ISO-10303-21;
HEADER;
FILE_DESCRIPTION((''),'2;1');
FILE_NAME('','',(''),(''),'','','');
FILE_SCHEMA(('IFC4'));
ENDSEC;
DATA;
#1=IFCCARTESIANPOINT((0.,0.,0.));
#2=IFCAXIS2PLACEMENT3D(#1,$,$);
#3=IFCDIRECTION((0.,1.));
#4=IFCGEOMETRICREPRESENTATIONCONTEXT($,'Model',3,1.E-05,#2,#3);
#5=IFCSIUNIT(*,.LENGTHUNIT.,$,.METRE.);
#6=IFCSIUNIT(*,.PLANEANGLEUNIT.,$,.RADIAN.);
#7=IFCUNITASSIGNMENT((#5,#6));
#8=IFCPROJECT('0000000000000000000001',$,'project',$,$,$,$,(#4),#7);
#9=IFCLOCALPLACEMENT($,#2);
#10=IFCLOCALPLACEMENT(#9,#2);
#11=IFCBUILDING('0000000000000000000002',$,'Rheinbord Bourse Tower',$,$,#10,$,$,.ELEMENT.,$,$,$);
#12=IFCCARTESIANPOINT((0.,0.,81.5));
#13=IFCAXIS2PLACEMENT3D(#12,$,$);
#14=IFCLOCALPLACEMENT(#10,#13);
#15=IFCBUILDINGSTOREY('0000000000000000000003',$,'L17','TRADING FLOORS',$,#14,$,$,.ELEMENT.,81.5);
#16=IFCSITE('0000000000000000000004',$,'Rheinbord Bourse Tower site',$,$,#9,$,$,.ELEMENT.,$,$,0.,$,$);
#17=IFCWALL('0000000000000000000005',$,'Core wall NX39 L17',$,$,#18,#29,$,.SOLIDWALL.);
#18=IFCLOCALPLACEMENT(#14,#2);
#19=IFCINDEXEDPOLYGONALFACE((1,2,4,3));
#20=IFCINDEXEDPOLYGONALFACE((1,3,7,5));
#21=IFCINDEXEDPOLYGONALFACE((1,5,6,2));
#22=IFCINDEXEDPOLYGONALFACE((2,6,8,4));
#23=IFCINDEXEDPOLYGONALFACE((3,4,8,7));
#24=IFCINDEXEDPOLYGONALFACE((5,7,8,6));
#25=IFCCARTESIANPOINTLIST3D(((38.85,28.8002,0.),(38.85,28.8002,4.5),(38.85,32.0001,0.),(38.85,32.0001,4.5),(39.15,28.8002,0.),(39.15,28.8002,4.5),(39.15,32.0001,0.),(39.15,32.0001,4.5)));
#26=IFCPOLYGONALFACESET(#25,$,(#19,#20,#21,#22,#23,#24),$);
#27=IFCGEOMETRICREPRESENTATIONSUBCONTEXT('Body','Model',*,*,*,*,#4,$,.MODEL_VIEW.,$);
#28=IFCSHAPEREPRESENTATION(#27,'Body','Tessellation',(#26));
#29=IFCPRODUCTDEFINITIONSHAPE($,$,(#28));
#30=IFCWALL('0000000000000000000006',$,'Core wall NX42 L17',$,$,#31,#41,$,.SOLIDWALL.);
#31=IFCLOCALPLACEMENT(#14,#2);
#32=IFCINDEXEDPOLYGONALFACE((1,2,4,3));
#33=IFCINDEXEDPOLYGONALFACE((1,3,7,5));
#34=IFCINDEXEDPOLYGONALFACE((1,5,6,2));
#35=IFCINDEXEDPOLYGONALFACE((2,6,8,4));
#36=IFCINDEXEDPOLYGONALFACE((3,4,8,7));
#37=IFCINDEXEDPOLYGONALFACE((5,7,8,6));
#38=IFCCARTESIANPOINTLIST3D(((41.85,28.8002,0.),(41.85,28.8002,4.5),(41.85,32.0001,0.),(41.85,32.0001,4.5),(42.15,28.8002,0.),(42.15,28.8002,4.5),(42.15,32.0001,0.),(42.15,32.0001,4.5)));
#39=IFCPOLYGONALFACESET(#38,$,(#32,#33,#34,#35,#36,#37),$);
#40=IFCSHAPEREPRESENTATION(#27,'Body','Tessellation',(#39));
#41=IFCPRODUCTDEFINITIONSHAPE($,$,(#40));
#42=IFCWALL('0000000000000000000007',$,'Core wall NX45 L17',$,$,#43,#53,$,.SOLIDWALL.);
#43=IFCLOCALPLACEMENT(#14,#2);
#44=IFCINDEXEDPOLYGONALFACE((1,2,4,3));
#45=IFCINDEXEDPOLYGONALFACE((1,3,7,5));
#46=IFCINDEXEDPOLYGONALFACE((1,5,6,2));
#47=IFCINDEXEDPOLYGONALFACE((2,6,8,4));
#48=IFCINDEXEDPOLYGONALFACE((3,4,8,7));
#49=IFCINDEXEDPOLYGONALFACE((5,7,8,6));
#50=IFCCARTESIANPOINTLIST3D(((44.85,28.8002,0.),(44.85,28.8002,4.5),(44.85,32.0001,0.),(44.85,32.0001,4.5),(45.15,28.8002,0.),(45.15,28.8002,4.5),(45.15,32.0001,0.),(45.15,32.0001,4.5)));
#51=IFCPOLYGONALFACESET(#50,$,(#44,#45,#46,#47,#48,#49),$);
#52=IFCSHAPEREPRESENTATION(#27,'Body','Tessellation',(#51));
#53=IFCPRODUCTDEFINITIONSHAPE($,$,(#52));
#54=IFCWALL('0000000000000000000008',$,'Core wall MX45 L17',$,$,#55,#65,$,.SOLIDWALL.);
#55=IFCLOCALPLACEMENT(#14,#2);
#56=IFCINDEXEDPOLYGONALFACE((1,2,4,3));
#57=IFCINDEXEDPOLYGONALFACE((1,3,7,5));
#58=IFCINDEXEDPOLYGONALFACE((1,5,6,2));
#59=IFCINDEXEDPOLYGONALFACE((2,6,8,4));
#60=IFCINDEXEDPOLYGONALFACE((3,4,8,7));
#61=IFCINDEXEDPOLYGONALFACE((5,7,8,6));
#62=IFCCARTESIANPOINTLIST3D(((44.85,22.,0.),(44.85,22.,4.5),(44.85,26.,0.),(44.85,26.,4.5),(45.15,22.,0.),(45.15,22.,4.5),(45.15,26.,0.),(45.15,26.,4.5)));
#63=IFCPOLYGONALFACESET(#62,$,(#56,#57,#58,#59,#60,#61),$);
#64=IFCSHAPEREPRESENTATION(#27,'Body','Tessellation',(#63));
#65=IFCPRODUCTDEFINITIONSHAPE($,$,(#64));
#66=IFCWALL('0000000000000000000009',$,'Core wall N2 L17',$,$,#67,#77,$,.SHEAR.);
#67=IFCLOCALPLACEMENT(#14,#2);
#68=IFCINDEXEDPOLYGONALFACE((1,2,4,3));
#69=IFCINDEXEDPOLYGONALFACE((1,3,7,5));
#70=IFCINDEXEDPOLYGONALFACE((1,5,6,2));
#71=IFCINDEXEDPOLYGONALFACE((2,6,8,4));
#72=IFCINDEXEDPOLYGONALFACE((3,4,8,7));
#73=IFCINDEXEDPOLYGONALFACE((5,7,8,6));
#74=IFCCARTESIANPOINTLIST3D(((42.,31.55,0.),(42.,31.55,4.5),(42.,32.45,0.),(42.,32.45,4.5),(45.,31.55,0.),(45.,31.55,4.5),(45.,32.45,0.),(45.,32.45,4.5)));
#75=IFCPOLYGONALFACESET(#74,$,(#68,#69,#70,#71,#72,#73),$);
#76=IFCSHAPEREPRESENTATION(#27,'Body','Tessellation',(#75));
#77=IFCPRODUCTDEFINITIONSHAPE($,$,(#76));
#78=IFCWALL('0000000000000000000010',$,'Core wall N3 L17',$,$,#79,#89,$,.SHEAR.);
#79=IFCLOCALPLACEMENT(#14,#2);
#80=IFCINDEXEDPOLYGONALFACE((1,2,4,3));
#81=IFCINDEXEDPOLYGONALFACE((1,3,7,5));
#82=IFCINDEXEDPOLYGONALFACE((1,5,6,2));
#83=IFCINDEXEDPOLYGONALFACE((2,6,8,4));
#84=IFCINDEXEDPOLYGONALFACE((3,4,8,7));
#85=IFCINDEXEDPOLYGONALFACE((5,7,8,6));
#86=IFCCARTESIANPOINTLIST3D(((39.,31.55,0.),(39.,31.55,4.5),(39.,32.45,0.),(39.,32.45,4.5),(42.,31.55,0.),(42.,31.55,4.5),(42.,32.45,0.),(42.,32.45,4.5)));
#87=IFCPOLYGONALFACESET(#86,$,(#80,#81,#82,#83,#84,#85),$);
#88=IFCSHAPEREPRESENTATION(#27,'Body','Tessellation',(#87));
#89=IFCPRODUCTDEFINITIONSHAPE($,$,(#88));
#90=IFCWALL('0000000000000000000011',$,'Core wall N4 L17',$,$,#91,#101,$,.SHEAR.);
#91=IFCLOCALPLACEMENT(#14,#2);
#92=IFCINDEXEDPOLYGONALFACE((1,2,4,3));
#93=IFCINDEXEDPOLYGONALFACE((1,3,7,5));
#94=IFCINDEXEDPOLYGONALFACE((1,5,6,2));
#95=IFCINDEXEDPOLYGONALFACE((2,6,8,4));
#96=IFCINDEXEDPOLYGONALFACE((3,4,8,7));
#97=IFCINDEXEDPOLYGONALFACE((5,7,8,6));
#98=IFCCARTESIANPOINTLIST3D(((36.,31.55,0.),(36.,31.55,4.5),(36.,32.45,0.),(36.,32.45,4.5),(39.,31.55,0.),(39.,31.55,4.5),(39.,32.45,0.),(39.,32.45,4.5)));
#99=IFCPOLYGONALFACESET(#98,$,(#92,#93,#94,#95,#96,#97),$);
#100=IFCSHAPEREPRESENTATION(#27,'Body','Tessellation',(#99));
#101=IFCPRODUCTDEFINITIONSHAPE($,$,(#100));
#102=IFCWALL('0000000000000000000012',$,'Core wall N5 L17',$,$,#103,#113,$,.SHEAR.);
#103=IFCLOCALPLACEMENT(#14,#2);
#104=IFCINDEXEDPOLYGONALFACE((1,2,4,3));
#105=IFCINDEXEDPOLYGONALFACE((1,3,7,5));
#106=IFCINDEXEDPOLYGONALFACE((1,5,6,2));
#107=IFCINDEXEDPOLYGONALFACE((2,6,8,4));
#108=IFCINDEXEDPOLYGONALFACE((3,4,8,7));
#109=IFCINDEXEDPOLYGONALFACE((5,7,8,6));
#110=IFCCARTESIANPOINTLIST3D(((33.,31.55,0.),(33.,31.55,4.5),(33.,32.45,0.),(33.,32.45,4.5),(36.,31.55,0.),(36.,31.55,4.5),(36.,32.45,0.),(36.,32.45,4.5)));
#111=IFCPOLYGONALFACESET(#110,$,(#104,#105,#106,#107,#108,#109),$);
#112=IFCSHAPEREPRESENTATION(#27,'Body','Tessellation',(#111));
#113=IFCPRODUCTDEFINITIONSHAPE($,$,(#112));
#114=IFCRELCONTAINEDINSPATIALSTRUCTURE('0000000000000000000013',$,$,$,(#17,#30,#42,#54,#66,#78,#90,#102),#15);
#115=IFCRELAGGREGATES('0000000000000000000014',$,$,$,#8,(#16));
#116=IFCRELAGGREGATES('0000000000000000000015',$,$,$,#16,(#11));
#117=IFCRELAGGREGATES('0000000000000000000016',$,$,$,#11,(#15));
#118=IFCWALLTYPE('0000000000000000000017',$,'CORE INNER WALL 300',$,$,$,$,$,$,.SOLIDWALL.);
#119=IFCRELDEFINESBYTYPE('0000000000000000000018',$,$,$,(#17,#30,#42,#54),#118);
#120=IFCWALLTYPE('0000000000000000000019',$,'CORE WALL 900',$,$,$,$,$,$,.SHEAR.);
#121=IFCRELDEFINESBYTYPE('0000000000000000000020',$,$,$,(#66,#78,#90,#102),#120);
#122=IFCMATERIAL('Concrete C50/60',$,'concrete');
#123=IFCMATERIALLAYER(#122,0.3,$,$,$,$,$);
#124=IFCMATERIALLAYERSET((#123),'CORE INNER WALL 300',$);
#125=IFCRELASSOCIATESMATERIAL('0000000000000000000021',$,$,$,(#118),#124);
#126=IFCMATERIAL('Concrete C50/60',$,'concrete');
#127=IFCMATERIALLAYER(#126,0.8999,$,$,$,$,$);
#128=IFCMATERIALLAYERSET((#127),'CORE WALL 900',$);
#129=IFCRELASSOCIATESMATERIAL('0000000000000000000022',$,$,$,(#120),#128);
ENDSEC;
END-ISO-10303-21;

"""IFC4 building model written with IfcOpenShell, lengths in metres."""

from ifc_helpers import new_model, si_unit, direction, frame, frame_2d, origin, place, context, subcontext, project, spatial, rectangle, extrude, material, layer, layer_set, type_object, element, save


model = new_model("IFC4")

# Units and contexts
model_context = context("Model", 3, precision=1e-05, world=origin(), true_north=direction((0.0, 1.0)))
body_context = subcontext(model_context, "Body", "Model", "MODEL_VIEW")
ifc_project = project(units=[si_unit("LENGTHUNIT", "METRE"), si_unit("PLANEANGLEUNIT", "RADIAN")], contexts=[model_context])

# Site, building, storey
site_placement = place(None, origin())
site = spatial("IfcSite", under=ifc_project, at=site_placement, Name="Rheinbord Bourse Tower site", CompositionType="ELEMENT", RefElevation=0.0)
building_placement = place(site_placement, origin())
building = spatial("IfcBuilding", under=site, at=building_placement, Name="Rheinbord Bourse Tower", CompositionType="ELEMENT")
storey_placement = place(building_placement, frame((0.0, 0.0, 81.5)))
storey = spatial("IfcBuildingStorey", under=building, at=storey_placement, Name="L17", Description="TRADING FLOORS", CompositionType="ELEMENT", Elevation=81.5)

# Shared definitions
ifc_material_1 = material(Name="Concrete C50/60", Category="concrete")
ifc_layer_1 = layer(ifc_material_1, 0.3)
ifc_layer_set_1 = layer_set([ifc_layer_1], Name="CORE INNER WALL 300")
wall_type_1 = type_object("IfcWallType", Name="CORE INNER WALL 300", PredefinedType="SOLIDWALL", material=ifc_layer_set_1)

# Walls
for number, where, z_axis, x_axis, name in (
    (1, (39.0, 28.8, 0.0), (0.0, 0.0, 1.0), (0.0, 1.0, 0.0), "Core wall NX39 L17"),
    (2, (42.0, 28.8, 0.0), (0.0, 0.0, 1.0), (0.0, 1.0, 0.0), "Core wall NX42 L17"),
    (3, (45.0, 28.8, 0.0), (0.0, 0.0, 1.0), (0.0, 1.0, 0.0), "Core wall NX45 L17"),
):
    element("IfcWall", number, at=place(storey_placement, frame(where, z_axis=z_axis, x_axis=x_axis)), inside=storey, type_object=wall_type_1, Name=name, PredefinedType="SOLIDWALL", context=body_context, shape_type="SweptSolid", body=[
        extrude(rectangle(XDim=3.2, YDim=0.3, at=frame_2d((1.6001, 0.0))), origin(), (0.0, 0.0, 1.0), 4.5),
    ])
wall_1_placement = place(storey_placement, frame((45.0, 22.0, 0.0), z_axis=(0.0, 0.0, 1.0), x_axis=(0.0, 1.0, 0.0)))
element("IfcWall", 4, at=wall_1_placement, inside=storey, type_object=wall_type_1, Name="Core wall MX45 L17", PredefinedType="SOLIDWALL", context=body_context, shape_type="SweptSolid", body=[
    extrude(rectangle(XDim=4.0, YDim=0.3, at=frame_2d((2.0, 0.0))), origin(), (0.0, 0.0, 1.0), 4.5),
])
ifc_material_2 = material(Name="Concrete C50/60", Category="concrete")
ifc_layer_2 = layer(ifc_material_2, 0.8999)
ifc_layer_set_2 = layer_set([ifc_layer_2], Name="CORE WALL 900")
wall_type_2 = type_object("IfcWallType", Name="CORE WALL 900", PredefinedType="SHEAR", material=ifc_layer_set_2)
for number, where, z_axis, x_axis, name in (
    (5, (45.0, 32.0, 0.0), (0.0, 0.0, 1.0), (-1.0, 0.0, 0.0), "Core wall N2 L17"),
    (6, (42.0, 32.0, 0.0), (0.0, 0.0, 1.0), (-1.0, 0.0, 0.0), "Core wall N3 L17"),
    (7, (39.0, 32.0, 0.0), (0.0, 0.0, 1.0), (-1.0, 0.0, 0.0), "Core wall N4 L17"),
    (8, (36.0, 32.0, 0.0), (0.0, 0.0, 1.0), (-1.0, 0.0, 0.0), "Core wall N5 L17"),
):
    element("IfcWall", number, at=place(storey_placement, frame(where, z_axis=z_axis, x_axis=x_axis)), inside=storey, type_object=wall_type_2, Name=name, PredefinedType="SHEAR", context=body_context, shape_type="SweptSolid", body=[
        extrude(rectangle(XDim=3.0, YDim=0.8999, at=frame_2d((1.5, 0.0))), origin(), (0.0, 0.0, 1.0), 4.5),
    ])

save(model, "model.ifc")
